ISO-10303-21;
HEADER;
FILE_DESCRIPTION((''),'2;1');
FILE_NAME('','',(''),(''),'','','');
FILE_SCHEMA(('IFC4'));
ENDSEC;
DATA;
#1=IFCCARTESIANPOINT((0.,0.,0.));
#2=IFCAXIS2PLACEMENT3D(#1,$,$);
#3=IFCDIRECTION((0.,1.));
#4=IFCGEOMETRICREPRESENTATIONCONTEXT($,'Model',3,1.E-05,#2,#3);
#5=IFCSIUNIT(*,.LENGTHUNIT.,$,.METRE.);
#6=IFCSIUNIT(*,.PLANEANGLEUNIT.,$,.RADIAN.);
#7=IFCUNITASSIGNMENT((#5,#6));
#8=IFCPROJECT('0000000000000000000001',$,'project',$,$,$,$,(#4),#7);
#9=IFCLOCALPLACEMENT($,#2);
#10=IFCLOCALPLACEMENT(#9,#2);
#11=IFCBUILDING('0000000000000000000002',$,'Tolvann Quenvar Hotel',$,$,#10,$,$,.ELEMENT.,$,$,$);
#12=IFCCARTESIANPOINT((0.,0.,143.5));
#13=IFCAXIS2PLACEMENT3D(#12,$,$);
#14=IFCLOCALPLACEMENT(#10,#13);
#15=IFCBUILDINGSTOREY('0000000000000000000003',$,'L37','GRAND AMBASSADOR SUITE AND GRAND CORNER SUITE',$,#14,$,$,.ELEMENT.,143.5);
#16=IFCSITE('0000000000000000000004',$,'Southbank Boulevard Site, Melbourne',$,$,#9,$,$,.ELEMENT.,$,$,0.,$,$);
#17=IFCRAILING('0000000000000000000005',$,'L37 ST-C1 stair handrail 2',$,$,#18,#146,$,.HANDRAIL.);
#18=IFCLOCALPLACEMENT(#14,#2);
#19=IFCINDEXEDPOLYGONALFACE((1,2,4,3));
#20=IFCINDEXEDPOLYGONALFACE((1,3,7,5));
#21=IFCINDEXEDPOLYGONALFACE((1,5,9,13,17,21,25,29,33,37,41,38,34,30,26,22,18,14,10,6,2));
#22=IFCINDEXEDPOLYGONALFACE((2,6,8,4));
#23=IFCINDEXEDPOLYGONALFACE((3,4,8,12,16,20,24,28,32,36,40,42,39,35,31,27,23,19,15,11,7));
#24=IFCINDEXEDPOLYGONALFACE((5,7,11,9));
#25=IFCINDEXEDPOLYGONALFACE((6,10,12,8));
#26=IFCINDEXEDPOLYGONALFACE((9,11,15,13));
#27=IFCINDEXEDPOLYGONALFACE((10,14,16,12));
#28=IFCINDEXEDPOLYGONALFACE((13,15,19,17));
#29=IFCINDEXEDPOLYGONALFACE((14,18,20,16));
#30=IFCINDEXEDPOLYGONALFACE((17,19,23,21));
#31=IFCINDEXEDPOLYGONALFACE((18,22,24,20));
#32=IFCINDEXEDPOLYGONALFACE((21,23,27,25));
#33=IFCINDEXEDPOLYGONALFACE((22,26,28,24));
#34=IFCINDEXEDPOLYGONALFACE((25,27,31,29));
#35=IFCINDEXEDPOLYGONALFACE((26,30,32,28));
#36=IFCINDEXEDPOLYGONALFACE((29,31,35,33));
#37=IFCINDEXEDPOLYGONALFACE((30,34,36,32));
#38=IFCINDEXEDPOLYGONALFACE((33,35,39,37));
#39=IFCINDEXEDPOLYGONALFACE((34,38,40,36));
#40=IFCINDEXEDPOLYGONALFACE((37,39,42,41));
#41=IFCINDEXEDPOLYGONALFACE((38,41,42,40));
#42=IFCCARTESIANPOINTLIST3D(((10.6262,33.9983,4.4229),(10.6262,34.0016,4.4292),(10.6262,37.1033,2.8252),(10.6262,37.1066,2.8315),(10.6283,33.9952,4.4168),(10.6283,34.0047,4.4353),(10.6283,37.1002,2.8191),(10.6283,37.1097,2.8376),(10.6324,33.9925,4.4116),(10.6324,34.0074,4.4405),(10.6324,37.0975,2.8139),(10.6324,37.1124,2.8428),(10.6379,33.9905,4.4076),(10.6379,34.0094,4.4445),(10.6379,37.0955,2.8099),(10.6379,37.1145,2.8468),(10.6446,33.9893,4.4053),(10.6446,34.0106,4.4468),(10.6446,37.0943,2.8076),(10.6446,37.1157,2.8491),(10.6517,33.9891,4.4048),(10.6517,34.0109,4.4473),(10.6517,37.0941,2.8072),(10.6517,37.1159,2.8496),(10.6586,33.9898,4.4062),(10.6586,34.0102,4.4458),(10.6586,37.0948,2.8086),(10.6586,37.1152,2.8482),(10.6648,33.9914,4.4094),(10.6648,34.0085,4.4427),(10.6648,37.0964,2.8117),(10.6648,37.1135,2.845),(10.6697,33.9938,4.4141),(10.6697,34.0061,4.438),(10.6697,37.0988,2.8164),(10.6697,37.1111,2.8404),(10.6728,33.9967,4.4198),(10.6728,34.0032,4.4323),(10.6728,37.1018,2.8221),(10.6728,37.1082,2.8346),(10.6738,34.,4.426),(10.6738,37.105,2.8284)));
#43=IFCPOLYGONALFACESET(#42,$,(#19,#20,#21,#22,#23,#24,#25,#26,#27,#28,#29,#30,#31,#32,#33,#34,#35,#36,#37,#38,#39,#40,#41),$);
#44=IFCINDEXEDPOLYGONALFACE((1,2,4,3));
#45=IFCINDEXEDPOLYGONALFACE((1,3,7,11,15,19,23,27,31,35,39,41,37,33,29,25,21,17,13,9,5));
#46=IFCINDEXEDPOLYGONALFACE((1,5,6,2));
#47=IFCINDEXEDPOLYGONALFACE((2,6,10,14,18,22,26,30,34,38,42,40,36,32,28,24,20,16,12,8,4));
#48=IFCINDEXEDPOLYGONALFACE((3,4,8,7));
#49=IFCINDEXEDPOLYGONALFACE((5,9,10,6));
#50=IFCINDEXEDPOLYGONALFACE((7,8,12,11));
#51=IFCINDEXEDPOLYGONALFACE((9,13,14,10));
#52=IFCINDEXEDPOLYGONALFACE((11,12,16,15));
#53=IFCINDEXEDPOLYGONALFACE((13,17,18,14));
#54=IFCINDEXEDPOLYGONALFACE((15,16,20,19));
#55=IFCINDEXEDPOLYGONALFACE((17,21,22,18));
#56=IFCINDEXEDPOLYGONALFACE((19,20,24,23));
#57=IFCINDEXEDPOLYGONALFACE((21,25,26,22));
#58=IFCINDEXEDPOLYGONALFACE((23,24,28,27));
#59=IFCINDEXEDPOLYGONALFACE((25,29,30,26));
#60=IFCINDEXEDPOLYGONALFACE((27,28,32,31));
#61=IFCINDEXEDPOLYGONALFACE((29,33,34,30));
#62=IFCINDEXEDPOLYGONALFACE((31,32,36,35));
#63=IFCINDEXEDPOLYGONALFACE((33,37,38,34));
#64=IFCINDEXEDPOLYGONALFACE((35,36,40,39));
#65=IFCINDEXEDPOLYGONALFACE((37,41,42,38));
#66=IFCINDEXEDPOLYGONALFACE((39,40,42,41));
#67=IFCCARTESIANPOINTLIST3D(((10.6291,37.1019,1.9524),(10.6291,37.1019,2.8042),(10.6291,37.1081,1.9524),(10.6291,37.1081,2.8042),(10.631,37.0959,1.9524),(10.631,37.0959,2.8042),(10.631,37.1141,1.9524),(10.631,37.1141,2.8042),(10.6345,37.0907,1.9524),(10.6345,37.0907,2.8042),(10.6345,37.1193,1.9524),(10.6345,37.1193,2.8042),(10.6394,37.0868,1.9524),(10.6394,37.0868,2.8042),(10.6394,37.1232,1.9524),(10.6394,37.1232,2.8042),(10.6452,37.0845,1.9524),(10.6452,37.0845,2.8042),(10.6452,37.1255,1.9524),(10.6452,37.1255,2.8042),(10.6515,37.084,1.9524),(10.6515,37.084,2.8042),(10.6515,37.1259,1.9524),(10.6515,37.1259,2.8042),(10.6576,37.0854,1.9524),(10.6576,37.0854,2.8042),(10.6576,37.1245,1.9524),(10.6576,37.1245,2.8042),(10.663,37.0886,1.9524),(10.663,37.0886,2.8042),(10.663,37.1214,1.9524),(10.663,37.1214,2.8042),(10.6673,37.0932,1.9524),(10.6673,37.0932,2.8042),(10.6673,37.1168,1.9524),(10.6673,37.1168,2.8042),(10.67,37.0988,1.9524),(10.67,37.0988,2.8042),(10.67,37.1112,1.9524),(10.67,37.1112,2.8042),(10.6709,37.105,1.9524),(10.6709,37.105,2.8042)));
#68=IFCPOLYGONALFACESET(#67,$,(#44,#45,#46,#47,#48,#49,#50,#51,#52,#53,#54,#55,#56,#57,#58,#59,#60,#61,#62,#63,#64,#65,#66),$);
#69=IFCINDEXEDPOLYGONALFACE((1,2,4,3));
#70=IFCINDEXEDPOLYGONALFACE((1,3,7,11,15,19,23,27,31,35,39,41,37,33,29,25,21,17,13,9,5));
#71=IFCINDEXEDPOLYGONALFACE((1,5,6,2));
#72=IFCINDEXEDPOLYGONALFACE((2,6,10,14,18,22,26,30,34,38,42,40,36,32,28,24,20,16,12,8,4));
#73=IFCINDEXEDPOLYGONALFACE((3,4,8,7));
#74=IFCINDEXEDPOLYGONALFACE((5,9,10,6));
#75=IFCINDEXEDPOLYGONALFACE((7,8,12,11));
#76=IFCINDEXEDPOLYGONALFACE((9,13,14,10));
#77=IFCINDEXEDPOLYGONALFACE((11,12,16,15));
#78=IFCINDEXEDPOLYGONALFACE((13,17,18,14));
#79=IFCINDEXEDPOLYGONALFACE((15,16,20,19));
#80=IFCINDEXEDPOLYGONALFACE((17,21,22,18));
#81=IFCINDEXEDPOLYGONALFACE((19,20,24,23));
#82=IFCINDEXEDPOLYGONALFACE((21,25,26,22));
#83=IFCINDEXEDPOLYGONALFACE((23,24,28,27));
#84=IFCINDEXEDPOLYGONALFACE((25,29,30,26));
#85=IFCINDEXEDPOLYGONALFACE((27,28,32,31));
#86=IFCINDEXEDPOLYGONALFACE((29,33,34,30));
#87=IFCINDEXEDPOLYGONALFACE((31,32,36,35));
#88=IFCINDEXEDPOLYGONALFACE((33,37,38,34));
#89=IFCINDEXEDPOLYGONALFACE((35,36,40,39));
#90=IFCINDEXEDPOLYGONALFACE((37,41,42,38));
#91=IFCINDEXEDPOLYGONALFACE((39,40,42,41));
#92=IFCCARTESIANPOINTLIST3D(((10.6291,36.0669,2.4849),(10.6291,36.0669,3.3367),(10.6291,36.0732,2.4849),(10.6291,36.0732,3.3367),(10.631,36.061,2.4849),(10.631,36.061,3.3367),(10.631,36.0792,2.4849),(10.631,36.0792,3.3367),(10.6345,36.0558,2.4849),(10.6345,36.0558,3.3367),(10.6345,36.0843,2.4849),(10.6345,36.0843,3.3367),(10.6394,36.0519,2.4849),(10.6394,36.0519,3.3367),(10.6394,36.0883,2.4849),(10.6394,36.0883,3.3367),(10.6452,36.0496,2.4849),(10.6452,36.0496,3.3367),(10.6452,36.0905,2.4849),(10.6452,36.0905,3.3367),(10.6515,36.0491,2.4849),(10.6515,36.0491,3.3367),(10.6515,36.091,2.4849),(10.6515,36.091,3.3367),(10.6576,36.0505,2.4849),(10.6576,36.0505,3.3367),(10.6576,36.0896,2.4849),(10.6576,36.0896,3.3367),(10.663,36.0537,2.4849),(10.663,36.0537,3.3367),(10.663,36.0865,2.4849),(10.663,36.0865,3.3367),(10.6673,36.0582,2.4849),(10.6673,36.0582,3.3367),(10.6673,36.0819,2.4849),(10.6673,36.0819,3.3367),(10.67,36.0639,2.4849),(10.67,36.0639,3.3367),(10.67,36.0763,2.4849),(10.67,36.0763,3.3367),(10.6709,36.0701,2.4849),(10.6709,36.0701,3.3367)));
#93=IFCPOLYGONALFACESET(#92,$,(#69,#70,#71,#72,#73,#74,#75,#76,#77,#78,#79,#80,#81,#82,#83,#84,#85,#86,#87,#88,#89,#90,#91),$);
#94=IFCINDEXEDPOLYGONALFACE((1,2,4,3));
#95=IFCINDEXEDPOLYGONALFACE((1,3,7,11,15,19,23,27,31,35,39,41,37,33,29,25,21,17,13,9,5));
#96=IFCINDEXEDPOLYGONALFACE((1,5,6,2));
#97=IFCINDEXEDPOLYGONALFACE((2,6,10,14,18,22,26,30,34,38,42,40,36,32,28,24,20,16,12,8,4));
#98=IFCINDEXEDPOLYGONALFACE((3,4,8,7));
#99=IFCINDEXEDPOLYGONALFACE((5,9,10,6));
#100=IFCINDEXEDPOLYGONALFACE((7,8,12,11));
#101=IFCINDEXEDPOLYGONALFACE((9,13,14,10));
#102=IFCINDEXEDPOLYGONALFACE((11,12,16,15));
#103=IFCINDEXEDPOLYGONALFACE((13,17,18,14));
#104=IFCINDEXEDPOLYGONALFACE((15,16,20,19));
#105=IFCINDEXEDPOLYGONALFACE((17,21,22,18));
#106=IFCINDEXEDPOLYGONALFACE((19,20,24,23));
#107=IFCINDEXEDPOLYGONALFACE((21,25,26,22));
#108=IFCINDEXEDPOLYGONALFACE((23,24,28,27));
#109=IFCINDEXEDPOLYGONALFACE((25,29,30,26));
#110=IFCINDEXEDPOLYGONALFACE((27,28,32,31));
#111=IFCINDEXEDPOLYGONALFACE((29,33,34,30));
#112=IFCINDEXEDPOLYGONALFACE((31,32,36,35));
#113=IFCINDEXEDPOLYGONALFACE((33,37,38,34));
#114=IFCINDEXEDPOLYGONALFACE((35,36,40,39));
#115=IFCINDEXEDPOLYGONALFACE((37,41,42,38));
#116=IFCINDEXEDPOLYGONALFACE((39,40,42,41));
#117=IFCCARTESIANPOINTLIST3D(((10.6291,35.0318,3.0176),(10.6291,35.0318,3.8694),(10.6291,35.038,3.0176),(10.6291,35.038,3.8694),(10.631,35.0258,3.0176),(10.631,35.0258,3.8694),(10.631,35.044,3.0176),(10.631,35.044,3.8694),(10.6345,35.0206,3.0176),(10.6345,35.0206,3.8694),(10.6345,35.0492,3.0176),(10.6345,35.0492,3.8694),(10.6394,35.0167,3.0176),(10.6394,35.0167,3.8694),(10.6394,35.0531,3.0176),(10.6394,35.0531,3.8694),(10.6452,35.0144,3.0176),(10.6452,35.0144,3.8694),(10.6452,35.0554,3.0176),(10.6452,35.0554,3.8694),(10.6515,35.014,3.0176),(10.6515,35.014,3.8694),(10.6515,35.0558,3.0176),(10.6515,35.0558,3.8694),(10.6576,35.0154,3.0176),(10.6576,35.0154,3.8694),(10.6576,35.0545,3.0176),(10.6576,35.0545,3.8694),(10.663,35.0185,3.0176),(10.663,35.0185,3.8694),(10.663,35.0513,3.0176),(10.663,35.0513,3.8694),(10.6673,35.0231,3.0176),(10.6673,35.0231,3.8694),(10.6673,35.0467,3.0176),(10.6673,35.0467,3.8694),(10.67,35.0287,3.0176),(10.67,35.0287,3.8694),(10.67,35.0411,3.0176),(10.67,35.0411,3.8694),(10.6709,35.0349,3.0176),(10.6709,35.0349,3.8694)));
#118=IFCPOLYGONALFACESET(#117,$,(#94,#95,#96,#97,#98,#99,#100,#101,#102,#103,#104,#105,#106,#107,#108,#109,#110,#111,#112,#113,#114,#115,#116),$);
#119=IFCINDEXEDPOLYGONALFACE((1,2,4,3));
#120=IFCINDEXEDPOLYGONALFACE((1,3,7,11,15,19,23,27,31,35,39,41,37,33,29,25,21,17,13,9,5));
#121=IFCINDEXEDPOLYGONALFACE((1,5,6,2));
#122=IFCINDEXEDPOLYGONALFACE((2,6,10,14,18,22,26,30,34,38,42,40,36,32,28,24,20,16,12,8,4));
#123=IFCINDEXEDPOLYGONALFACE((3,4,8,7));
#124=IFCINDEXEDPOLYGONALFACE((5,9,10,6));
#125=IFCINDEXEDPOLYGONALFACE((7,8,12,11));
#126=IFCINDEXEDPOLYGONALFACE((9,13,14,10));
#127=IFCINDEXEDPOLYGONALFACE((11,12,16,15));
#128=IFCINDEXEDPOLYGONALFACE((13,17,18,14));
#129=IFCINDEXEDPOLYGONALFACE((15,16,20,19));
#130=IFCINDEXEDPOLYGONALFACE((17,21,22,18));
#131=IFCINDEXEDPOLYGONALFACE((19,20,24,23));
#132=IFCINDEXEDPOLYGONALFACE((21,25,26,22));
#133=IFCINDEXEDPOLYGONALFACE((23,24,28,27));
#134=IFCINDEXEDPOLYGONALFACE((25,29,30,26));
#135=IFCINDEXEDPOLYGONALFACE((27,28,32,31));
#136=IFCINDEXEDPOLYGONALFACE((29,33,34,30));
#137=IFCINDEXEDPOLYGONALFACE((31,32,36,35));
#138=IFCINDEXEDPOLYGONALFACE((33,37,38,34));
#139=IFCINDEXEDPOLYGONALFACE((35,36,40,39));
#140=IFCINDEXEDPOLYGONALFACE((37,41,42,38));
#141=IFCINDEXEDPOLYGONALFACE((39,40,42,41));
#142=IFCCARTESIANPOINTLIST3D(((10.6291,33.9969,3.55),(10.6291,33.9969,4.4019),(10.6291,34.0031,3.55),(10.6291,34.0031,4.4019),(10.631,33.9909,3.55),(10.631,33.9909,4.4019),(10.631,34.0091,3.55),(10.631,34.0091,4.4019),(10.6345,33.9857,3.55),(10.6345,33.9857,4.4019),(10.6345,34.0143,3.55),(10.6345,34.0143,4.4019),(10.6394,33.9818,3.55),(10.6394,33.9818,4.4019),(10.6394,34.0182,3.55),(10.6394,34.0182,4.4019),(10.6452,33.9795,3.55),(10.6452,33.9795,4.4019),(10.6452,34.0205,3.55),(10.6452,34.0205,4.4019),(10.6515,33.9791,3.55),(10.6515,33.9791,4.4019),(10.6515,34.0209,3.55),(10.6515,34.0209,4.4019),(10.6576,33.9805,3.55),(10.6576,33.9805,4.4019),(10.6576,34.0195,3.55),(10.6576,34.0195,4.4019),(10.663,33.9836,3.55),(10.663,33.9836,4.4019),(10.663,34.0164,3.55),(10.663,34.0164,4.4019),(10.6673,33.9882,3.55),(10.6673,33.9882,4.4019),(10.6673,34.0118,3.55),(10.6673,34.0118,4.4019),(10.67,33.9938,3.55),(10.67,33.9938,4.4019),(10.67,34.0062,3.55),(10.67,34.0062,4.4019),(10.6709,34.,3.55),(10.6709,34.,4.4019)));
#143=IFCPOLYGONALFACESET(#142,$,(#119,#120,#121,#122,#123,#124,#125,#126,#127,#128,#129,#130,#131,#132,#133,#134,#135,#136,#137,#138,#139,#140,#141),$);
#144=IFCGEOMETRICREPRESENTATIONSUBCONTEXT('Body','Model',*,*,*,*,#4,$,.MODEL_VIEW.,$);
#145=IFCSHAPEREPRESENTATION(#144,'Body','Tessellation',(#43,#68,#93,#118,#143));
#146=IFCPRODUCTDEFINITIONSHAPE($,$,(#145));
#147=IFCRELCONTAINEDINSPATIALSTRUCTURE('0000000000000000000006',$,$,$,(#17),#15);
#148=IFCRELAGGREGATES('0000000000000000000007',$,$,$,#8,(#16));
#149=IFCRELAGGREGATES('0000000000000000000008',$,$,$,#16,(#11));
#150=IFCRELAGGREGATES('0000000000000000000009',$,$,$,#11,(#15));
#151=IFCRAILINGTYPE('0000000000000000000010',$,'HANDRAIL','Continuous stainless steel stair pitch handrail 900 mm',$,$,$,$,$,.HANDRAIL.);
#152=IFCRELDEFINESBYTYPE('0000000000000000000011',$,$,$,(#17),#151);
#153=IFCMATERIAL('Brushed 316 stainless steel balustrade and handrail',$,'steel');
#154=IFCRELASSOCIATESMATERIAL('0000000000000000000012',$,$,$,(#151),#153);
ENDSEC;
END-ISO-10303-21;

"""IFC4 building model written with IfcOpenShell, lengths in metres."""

from ifc_helpers import new_model, si_unit, direction, frame, origin, origin_2d, place, context, subcontext, project, spatial, circle, extrude, material, type_object, element, save


model = new_model("IFC4")

# Units and contexts
model_context = context("Model", 3, precision=1e-05, world=origin(), true_north=direction((0.0, 1.0)))
body_context = subcontext(model_context, "Body", "Model", "MODEL_VIEW")
ifc_project = project(units=[si_unit("LENGTHUNIT", "METRE"), si_unit("PLANEANGLEUNIT", "RADIAN")], contexts=[model_context])

# Site, building, storey
site_placement = place(None, origin())
site = spatial("IfcSite", under=ifc_project, at=site_placement, Name="Southbank Boulevard Site, Melbourne", CompositionType="ELEMENT", RefElevation=0.0)
building_placement = place(site_placement, origin())
building = spatial("IfcBuilding", under=site, at=building_placement, Name="Tolvann Quenvar Hotel", CompositionType="ELEMENT")
storey_placement = place(building_placement, frame((0.0, 0.0, 143.5)))
storey = spatial("IfcBuildingStorey", under=building, at=storey_placement, Name="L37", Description="GRAND AMBASSADOR SUITE AND GRAND CORNER SUITE", CompositionType="ELEMENT", Elevation=143.5)

# Railing
ifc_material_1 = material(Name="Brushed 316 stainless steel balustrade and handrail", Category="steel")
railing_type_1 = type_object("IfcRailingType", Name="HANDRAIL", Description="Continuous stainless steel stair pitch handrail 900 mm", PredefinedType="HANDRAIL", material=ifc_material_1)
railing_1_placement = place(storey_placement, frame((10.6499, 37.105, 1.9524)))
element("IfcRailing", 1, at=railing_1_placement, inside=storey, type_object=railing_type_1, Name="L37 ST-C1 stair handrail 2", PredefinedType="HANDRAIL", context=body_context, shape_type="SweptSolid", body=[
    extrude(circle(Radius=0.0239, at=origin_2d()), frame((0.0, 0.0, 0.876), z_axis=(0.0, -0.889194, 0.457531), x_axis=(1.0, 0.0, 0.0)), (0.0, 0.0, 1.0), 3.4919),
    extrude(circle(Radius=0.021, at=origin_2d()), origin(), (0.0, 0.0, 1.0), 0.8518),
    extrude(circle(Radius=0.021, at=origin_2d()), frame((0.0, -1.0349, 0.5325)), (0.0, 0.0, 1.0), 0.8518),
    extrude(circle(Radius=0.021, at=origin_2d()), frame((0.0, -2.0701, 1.0652)), (0.0, 0.0, 1.0), 0.8518),
    extrude(circle(Radius=0.021, at=origin_2d()), frame((0.0, -3.105, 1.5977)), (0.0, 0.0, 1.0), 0.8518),
])

save(model, "model.ifc")
